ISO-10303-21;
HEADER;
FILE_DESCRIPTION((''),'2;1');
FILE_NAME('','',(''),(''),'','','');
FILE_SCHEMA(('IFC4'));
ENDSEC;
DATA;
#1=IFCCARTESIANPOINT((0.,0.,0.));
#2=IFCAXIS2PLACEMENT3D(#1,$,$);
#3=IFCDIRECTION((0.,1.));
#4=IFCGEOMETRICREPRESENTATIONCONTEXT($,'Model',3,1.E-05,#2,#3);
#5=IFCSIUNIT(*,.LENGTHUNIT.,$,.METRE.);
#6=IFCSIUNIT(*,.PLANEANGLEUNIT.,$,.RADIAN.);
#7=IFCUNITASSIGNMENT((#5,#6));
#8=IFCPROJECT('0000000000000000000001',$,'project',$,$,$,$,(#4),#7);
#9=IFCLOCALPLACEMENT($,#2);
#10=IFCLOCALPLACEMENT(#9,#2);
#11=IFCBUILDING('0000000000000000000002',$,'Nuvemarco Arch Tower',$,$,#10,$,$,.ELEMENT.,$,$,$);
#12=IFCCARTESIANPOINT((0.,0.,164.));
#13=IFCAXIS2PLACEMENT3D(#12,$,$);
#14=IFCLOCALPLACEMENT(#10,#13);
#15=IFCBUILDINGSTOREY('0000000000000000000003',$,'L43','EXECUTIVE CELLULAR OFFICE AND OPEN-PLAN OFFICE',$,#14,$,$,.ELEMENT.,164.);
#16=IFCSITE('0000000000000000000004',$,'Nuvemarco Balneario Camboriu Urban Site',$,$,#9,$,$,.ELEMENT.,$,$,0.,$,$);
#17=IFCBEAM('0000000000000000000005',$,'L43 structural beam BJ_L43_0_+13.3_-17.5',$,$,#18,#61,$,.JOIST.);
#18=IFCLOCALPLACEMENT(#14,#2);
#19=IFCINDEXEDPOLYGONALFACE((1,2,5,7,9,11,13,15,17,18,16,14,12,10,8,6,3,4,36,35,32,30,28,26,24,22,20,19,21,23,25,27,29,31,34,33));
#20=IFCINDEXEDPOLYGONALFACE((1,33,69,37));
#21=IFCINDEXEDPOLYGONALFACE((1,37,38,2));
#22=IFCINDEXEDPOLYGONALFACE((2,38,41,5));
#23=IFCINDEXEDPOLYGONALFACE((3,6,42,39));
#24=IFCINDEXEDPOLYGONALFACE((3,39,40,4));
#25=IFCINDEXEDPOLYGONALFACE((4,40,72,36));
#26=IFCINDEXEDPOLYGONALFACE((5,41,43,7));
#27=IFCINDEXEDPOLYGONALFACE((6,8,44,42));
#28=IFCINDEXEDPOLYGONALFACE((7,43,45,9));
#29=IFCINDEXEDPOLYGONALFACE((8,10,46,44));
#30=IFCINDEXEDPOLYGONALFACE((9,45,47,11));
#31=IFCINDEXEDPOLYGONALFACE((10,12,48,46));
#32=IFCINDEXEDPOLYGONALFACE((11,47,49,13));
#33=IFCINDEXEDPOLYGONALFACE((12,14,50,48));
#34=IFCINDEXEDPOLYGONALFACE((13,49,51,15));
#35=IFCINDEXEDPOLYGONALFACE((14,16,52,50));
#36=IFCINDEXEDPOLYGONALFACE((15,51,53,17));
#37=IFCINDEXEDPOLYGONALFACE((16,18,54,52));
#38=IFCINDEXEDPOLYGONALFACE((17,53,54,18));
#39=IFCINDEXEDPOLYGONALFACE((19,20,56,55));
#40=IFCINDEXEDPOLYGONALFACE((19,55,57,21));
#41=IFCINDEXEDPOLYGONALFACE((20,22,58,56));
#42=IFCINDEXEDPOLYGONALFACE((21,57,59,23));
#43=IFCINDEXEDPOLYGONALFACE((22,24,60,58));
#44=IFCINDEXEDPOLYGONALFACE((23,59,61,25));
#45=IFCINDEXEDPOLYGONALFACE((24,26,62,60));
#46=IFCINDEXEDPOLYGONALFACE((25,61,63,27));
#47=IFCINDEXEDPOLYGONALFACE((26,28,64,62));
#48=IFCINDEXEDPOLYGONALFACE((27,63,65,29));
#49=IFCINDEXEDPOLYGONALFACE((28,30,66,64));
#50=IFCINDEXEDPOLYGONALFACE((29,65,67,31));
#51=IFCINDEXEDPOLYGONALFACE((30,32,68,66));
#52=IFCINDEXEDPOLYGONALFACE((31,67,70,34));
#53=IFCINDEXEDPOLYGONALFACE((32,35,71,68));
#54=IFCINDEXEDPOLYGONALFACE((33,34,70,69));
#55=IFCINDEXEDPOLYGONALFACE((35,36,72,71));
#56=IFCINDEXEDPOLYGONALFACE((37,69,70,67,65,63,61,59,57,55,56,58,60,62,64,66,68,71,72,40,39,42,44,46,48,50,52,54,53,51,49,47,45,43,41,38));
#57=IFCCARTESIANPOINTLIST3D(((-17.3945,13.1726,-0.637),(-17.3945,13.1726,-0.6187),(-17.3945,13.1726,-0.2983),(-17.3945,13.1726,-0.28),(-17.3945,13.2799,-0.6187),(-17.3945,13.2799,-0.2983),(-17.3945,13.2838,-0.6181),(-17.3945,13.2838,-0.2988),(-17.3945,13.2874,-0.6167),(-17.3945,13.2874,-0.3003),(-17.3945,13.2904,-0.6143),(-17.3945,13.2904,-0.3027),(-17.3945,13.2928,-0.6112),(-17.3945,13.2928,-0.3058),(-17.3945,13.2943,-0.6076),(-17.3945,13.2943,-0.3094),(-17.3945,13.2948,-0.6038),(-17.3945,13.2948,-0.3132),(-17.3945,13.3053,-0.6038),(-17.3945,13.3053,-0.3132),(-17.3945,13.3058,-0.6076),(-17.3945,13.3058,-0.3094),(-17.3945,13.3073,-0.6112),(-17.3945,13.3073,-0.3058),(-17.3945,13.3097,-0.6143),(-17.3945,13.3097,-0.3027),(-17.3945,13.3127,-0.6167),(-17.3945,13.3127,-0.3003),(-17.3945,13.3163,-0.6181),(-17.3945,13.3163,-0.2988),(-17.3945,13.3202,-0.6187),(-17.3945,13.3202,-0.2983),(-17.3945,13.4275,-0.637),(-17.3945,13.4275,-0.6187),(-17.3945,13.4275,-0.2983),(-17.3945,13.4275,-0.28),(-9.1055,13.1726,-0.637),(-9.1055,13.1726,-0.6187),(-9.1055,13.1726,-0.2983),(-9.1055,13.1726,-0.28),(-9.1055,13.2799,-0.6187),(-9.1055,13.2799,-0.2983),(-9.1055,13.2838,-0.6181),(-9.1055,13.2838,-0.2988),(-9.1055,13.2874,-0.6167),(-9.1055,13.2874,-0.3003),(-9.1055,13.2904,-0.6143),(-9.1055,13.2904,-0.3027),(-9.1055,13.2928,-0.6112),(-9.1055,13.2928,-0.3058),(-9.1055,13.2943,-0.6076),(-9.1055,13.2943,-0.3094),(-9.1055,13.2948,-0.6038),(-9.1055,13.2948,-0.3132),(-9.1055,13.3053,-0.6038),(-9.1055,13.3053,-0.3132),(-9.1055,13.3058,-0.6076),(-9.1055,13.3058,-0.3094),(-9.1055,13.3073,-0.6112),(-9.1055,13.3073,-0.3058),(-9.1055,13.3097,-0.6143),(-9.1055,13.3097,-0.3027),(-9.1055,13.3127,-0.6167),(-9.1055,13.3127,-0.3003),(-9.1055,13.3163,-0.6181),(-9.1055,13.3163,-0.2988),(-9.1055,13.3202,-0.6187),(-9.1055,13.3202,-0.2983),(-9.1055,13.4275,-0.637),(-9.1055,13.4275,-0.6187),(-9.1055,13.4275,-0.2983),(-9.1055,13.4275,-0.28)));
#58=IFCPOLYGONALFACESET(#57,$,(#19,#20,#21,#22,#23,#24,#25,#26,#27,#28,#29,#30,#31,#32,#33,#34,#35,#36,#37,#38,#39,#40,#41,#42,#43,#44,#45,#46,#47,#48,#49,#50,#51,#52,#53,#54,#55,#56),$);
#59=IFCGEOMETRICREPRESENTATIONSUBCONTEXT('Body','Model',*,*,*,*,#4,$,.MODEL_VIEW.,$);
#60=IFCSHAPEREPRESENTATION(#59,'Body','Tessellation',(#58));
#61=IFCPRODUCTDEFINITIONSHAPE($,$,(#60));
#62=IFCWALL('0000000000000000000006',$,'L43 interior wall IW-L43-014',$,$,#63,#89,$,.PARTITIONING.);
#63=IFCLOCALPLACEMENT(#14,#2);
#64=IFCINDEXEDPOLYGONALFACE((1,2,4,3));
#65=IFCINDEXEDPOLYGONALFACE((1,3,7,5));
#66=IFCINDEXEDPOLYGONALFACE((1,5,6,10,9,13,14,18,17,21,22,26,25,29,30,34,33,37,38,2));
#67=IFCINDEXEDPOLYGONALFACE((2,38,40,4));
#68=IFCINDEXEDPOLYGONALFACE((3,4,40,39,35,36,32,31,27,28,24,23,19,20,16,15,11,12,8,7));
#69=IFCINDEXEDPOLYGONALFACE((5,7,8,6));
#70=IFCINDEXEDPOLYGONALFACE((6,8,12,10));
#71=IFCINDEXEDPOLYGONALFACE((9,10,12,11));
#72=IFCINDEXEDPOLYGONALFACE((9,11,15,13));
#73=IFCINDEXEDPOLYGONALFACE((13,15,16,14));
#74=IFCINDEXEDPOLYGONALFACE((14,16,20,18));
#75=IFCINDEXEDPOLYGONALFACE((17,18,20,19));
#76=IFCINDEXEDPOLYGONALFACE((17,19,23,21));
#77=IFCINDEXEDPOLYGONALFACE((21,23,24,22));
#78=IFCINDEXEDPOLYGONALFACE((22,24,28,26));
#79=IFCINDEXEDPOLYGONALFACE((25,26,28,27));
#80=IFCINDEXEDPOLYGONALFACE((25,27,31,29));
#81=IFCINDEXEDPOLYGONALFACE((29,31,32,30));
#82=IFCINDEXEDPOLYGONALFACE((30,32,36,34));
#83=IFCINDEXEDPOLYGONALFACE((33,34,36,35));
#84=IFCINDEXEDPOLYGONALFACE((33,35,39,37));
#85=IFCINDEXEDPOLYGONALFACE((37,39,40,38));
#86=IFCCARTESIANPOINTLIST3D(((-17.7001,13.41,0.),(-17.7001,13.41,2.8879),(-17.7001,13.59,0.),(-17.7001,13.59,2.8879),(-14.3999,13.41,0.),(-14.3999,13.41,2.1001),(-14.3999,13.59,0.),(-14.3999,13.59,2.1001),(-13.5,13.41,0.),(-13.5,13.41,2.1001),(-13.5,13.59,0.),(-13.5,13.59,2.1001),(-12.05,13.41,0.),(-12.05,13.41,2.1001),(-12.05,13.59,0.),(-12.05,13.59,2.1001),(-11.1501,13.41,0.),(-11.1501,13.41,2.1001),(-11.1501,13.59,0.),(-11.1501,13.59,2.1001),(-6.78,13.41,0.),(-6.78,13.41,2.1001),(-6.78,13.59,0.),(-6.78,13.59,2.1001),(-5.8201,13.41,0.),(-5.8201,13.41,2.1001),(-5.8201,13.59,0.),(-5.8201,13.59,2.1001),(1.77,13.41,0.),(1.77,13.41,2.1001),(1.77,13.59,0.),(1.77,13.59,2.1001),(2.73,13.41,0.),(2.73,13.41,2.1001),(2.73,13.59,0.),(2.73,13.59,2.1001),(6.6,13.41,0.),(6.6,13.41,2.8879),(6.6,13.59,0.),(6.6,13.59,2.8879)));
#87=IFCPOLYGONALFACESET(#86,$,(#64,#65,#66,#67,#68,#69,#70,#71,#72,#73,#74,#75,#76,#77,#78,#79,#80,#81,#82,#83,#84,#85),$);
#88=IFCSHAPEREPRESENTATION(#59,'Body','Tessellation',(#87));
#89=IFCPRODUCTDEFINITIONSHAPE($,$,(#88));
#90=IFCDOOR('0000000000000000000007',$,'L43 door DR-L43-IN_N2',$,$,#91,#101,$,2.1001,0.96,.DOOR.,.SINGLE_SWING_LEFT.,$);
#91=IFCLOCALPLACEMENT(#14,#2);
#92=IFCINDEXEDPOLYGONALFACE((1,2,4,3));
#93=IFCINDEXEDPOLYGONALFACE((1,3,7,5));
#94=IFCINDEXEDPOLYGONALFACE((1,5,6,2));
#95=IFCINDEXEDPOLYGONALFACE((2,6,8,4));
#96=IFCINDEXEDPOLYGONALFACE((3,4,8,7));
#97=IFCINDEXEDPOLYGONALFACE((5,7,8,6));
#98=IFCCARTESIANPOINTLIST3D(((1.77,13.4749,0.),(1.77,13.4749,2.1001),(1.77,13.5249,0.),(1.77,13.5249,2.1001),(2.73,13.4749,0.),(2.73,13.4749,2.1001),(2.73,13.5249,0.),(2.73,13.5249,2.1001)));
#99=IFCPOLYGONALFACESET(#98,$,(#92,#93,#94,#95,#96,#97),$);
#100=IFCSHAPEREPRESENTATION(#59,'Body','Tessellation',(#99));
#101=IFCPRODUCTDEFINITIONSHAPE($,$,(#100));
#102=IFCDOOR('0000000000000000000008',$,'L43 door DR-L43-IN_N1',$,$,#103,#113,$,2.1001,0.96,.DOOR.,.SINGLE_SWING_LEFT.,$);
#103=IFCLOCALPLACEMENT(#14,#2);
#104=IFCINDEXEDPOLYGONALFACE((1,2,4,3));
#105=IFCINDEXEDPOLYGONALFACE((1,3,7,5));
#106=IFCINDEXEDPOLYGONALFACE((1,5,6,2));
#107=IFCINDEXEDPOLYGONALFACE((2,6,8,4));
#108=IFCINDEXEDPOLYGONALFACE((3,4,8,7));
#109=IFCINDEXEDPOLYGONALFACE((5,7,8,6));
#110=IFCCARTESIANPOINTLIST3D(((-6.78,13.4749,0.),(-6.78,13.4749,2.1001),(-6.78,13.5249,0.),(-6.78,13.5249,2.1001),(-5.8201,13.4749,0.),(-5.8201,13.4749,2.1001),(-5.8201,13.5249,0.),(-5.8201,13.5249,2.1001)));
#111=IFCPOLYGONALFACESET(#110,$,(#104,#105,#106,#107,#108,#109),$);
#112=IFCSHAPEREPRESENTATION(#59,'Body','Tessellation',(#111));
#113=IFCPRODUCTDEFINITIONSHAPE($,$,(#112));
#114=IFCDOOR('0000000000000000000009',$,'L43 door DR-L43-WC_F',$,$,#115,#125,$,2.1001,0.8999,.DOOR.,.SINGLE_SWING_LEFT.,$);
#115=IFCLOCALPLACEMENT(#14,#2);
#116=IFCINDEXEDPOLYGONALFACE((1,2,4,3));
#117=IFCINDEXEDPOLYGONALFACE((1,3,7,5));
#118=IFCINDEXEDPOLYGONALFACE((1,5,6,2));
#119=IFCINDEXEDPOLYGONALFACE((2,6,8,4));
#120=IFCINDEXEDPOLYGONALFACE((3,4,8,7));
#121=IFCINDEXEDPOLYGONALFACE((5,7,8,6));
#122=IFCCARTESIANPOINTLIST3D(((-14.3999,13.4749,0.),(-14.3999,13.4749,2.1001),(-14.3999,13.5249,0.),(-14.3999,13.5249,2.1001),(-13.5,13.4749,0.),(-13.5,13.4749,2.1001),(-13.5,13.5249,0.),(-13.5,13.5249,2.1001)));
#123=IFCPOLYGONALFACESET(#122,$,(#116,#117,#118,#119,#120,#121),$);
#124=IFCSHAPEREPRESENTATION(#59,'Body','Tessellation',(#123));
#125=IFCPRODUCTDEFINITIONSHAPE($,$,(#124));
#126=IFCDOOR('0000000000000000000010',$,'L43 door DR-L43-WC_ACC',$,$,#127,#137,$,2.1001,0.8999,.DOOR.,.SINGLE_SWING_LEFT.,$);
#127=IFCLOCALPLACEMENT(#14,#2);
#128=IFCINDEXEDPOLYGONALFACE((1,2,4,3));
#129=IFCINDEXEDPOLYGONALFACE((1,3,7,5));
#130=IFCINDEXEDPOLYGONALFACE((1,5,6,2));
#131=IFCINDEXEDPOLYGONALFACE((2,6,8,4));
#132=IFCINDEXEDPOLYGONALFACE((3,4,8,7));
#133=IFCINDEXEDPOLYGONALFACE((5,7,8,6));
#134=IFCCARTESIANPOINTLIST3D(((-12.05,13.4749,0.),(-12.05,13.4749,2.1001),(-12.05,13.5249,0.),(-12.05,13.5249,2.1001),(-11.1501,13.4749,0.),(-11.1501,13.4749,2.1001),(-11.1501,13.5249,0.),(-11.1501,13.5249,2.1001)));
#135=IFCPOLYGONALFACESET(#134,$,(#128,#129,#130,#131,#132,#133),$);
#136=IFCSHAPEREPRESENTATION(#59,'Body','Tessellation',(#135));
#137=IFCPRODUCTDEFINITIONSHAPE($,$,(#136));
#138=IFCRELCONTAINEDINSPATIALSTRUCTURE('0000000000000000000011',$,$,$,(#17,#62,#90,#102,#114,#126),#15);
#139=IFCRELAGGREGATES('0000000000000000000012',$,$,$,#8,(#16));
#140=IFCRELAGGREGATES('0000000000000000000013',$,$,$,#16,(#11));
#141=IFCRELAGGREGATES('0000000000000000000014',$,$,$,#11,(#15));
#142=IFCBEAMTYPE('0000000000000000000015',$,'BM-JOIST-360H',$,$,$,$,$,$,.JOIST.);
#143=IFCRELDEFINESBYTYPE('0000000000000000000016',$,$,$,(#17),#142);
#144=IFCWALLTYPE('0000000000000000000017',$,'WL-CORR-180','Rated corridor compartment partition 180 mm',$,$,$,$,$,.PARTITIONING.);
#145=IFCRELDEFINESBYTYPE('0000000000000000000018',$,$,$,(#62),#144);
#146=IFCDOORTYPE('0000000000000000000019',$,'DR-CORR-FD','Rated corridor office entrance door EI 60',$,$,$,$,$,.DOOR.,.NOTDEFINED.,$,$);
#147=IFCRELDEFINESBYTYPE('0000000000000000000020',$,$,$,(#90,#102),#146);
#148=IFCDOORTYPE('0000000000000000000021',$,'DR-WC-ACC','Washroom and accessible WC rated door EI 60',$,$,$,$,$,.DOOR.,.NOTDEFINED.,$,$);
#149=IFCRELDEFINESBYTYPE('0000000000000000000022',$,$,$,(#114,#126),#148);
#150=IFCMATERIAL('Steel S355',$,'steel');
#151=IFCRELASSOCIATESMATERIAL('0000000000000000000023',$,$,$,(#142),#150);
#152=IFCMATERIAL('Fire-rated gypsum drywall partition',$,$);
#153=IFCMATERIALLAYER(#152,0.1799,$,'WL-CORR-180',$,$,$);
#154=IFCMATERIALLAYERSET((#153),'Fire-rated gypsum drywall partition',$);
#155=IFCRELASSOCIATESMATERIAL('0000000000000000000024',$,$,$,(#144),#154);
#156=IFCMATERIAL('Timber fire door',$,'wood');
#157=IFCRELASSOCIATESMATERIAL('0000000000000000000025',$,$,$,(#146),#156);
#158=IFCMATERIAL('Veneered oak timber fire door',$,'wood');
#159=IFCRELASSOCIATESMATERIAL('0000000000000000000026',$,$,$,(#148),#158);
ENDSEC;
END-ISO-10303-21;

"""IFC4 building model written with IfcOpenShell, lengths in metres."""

from ifc_helpers import new_model, si_unit, direction, frame, frame_2d, origin, origin_2d, place, context, subcontext, project, spatial, rectangle, i_section, extrude, source, transform, mapped, material, layer, layer_set, material_profile, profile_set, type_object, type_shapes, element, fill, save


model = new_model("IFC4")

# Units and contexts
model_context = context("Model", 3, precision=1e-05, world=origin(), true_north=direction((0.0, 1.0)))
body_context = subcontext(model_context, "Body", "Model", "MODEL_VIEW")
ifc_project = project(units=[si_unit("LENGTHUNIT", "METRE"), si_unit("PLANEANGLEUNIT", "RADIAN")], contexts=[model_context])

# Site, building, storey
site_placement = place(None, origin())
site = spatial("IfcSite", under=ifc_project, at=site_placement, Name="Nuvemarco Balneario Camboriu Urban Site", CompositionType="ELEMENT", RefElevation=0.0)
building_placement = place(site_placement, origin())
building = spatial("IfcBuilding", under=site, at=building_placement, Name="Nuvemarco Arch Tower", CompositionType="ELEMENT")
storey_placement = place(building_placement, frame((0.0, 0.0, 164.0)))
storey = spatial("IfcBuildingStorey", under=building, at=storey_placement, Name="L43", Description="EXECUTIVE CELLULAR OFFICE AND OPEN-PLAN OFFICE", CompositionType="ELEMENT", Elevation=164.0)

# Shared definitions
ifc_material_1 = material(Name="Steel S355", Category="steel")

# Beam
ifc_material_profile_1 = material_profile(ifc_material_1, i_section(OverallWidth=0.2549, OverallDepth=0.3569, WebThickness=0.0105, FlangeThickness=0.0183, FilletRadius=0.0149, at=origin_2d()), Name="W360x101")
ifc_profile_set_1 = profile_set([ifc_material_profile_1], Name="Steel S355")
beam_type_1 = type_object("IfcBeamType", Name="BM-JOIST-360H", PredefinedType="JOIST", material=ifc_profile_set_1)
beam_1_placement = place(storey_placement, frame((-17.3945, 13.3, -0.4585), z_axis=(1.0, 0.0, 0.0), x_axis=(0.0, 1.0, 0.0)))
element("IfcBeam", 1, at=beam_1_placement, inside=storey, type_object=beam_type_1, Name="L43 structural beam BJ_L43_0_+13.3_-17.5", PredefinedType="JOIST", context=body_context, shape_type="SweptSolid", body=[
    extrude(i_section(OverallWidth=0.2549, OverallDepth=0.3569, WebThickness=0.0105, FlangeThickness=0.0183, FilletRadius=0.0149, at=origin_2d()), origin(), (0.0, 0.0, 1.0), 8.2891),
])

# Wall, openings, doors
ifc_material_2 = material(Name="Fire-rated gypsum drywall partition")
ifc_layer_1 = layer(ifc_material_2, 0.1799, Name="WL-CORR-180")
ifc_layer_set_1 = layer_set([ifc_layer_1], Name="Fire-rated gypsum drywall partition")
wall_type_1 = type_object("IfcWallType", Name="WL-CORR-180", Description="Rated corridor compartment partition 180 mm", PredefinedType="PARTITIONING", material=ifc_layer_set_1)
wall_1_placement = place(storey_placement, frame((-17.7, 13.5, 0.0), z_axis=(0.0, 0.0, 1.0), x_axis=(1.0, 0.0, 0.0)))
wall_1 = element("IfcWall", 2, at=wall_1_placement, inside=storey, type_object=wall_type_1, Name="L43 interior wall IW-L43-014", PredefinedType="PARTITIONING", context=body_context, shape_type="SweptSolid", body=[
    extrude(rectangle(XDim=24.3, YDim=0.1799, at=frame_2d((12.1499, 0.0))), origin(), (0.0, 0.0, 1.0), 2.8879),
])
opening_1_placement = place(wall_1_placement, frame((19.47, 0.0, 0.0)))
opening_1 = element("IfcOpeningElement", 3, at=opening_1_placement, cuts=wall_1, PredefinedType="OPENING", context=body_context, shape_type="SweptSolid", body=[
    extrude(rectangle(XDim=0.96, YDim=2.1001, at=frame_2d((0.48, 1.05))), frame((0.0, 0.0999, 0.0), z_axis=(0.0, -1.0, 0.0), x_axis=(1.0, 0.0, 0.0)), (0.0, 0.0, 1.0), 0.2),
])
opening_2_placement = place(wall_1_placement, frame((10.9199, 0.0, 0.0)))
opening_2 = element("IfcOpeningElement", 4, at=opening_2_placement, cuts=wall_1, PredefinedType="OPENING", context=body_context, shape_type="SweptSolid", body=[
    extrude(rectangle(XDim=0.96, YDim=2.1001, at=frame_2d((0.48, 1.05))), frame((0.0, 0.0999, 0.0), z_axis=(0.0, -1.0, 0.0), x_axis=(1.0, 0.0, 0.0)), (0.0, 0.0, 1.0), 0.2),
])
opening_3_placement = place(wall_1_placement, frame((3.3, 0.0, 0.0)))
opening_3 = element("IfcOpeningElement", 5, at=opening_3_placement, cuts=wall_1, PredefinedType="OPENING", context=body_context, shape_type="SweptSolid", body=[
    extrude(rectangle(XDim=0.8999, YDim=2.1001, at=frame_2d((0.45, 1.05))), frame((0.0, 0.0999, 0.0), z_axis=(0.0, -1.0, 0.0), x_axis=(1.0, 0.0, 0.0)), (0.0, 0.0, 1.0), 0.2),
])
opening_4_placement = place(wall_1_placement, frame((5.6499, 0.0, 0.0)))
opening_4 = element("IfcOpeningElement", 6, at=opening_4_placement, cuts=wall_1, PredefinedType="OPENING", context=body_context, shape_type="SweptSolid", body=[
    extrude(rectangle(XDim=0.8999, YDim=2.1001, at=frame_2d((0.45, 1.05))), frame((0.0, 0.0999, 0.0), z_axis=(0.0, -1.0, 0.0), x_axis=(1.0, 0.0, 0.0)), (0.0, 0.0, 1.0), 0.2),
])
ifc_material_3 = material(Name="Timber fire door", Category="wood")
door_type_1 = type_object("IfcDoorType", Name="DR-CORR-FD", Description="Rated corridor office entrance door EI 60", OperationType="NOTDEFINED", PredefinedType="DOOR", material=ifc_material_3)
shared_shape_1 = source(origin(), body_context, "Body", "SweptSolid", [
    extrude(rectangle(XDim=0.96, YDim=2.1001, at=frame_2d((0.48, 1.05))), frame((0.0, 0.0249, 0.0), z_axis=(0.0, -1.0, 0.0), x_axis=(1.0, 0.0, 0.0)), (0.0, 0.0, 1.0), 0.05),
])
type_shapes(door_type_1, [shared_shape_1])
door_1_placement = place(opening_1_placement, origin())
door_1 = element("IfcDoor", 7, at=door_1_placement, inside=storey, type_object=door_type_1, Name="L43 door DR-L43-IN_N2", OperationType="SINGLE_SWING_LEFT", OverallHeight=2.1001, OverallWidth=0.96, PredefinedType="DOOR", context=body_context, shape_type="MappedRepresentation", body=[
    mapped(shared_shape_1, transform((0.0, 0.0, 0.0), scale=1.0)),
])
fill(opening_1, door_1)
door_2_placement = place(opening_2_placement, origin())
door_2 = element("IfcDoor", 8, at=door_2_placement, inside=storey, type_object=door_type_1, Name="L43 door DR-L43-IN_N1", OperationType="SINGLE_SWING_LEFT", OverallHeight=2.1001, OverallWidth=0.96, PredefinedType="DOOR", context=body_context, shape_type="MappedRepresentation", body=[
    mapped(shared_shape_1, transform((0.0, 0.0, 0.0), scale=1.0)),
])
fill(opening_2, door_2)
ifc_material_4 = material(Name="Veneered oak timber fire door", Category="wood")
door_type_2 = type_object("IfcDoorType", Name="DR-WC-ACC", Description="Washroom and accessible WC rated door EI 60", OperationType="NOTDEFINED", PredefinedType="DOOR", material=ifc_material_4)
shared_shape_2 = source(origin(), body_context, "Body", "SweptSolid", [
    extrude(rectangle(XDim=0.8999, YDim=2.1001, at=frame_2d((0.45, 1.05))), frame((0.0, 0.0249, 0.0), z_axis=(0.0, -1.0, 0.0), x_axis=(1.0, 0.0, 0.0)), (0.0, 0.0, 1.0), 0.05),
])
type_shapes(door_type_2, [shared_shape_2])
door_3_placement = place(opening_3_placement, origin())
door_3 = element("IfcDoor", 9, at=door_3_placement, inside=storey, type_object=door_type_2, Name="L43 door DR-L43-WC_F", OperationType="SINGLE_SWING_LEFT", OverallHeight=2.1001, OverallWidth=0.8999, PredefinedType="DOOR", context=body_context, shape_type="MappedRepresentation", body=[
    mapped(shared_shape_2, transform((0.0, 0.0, 0.0), scale=1.0)),
])
fill(opening_3, door_3)
door_4_placement = place(opening_4_placement, origin())
door_4 = element("IfcDoor", 10, at=door_4_placement, inside=storey, type_object=door_type_2, Name="L43 door DR-L43-WC_ACC", OperationType="SINGLE_SWING_LEFT", OverallHeight=2.1001, OverallWidth=0.8999, PredefinedType="DOOR", context=body_context, shape_type="MappedRepresentation", body=[
    mapped(shared_shape_2, transform((0.0, 0.0, 0.0), scale=1.0)),
])
fill(opening_4, door_4)

save(model, "model.ifc")
